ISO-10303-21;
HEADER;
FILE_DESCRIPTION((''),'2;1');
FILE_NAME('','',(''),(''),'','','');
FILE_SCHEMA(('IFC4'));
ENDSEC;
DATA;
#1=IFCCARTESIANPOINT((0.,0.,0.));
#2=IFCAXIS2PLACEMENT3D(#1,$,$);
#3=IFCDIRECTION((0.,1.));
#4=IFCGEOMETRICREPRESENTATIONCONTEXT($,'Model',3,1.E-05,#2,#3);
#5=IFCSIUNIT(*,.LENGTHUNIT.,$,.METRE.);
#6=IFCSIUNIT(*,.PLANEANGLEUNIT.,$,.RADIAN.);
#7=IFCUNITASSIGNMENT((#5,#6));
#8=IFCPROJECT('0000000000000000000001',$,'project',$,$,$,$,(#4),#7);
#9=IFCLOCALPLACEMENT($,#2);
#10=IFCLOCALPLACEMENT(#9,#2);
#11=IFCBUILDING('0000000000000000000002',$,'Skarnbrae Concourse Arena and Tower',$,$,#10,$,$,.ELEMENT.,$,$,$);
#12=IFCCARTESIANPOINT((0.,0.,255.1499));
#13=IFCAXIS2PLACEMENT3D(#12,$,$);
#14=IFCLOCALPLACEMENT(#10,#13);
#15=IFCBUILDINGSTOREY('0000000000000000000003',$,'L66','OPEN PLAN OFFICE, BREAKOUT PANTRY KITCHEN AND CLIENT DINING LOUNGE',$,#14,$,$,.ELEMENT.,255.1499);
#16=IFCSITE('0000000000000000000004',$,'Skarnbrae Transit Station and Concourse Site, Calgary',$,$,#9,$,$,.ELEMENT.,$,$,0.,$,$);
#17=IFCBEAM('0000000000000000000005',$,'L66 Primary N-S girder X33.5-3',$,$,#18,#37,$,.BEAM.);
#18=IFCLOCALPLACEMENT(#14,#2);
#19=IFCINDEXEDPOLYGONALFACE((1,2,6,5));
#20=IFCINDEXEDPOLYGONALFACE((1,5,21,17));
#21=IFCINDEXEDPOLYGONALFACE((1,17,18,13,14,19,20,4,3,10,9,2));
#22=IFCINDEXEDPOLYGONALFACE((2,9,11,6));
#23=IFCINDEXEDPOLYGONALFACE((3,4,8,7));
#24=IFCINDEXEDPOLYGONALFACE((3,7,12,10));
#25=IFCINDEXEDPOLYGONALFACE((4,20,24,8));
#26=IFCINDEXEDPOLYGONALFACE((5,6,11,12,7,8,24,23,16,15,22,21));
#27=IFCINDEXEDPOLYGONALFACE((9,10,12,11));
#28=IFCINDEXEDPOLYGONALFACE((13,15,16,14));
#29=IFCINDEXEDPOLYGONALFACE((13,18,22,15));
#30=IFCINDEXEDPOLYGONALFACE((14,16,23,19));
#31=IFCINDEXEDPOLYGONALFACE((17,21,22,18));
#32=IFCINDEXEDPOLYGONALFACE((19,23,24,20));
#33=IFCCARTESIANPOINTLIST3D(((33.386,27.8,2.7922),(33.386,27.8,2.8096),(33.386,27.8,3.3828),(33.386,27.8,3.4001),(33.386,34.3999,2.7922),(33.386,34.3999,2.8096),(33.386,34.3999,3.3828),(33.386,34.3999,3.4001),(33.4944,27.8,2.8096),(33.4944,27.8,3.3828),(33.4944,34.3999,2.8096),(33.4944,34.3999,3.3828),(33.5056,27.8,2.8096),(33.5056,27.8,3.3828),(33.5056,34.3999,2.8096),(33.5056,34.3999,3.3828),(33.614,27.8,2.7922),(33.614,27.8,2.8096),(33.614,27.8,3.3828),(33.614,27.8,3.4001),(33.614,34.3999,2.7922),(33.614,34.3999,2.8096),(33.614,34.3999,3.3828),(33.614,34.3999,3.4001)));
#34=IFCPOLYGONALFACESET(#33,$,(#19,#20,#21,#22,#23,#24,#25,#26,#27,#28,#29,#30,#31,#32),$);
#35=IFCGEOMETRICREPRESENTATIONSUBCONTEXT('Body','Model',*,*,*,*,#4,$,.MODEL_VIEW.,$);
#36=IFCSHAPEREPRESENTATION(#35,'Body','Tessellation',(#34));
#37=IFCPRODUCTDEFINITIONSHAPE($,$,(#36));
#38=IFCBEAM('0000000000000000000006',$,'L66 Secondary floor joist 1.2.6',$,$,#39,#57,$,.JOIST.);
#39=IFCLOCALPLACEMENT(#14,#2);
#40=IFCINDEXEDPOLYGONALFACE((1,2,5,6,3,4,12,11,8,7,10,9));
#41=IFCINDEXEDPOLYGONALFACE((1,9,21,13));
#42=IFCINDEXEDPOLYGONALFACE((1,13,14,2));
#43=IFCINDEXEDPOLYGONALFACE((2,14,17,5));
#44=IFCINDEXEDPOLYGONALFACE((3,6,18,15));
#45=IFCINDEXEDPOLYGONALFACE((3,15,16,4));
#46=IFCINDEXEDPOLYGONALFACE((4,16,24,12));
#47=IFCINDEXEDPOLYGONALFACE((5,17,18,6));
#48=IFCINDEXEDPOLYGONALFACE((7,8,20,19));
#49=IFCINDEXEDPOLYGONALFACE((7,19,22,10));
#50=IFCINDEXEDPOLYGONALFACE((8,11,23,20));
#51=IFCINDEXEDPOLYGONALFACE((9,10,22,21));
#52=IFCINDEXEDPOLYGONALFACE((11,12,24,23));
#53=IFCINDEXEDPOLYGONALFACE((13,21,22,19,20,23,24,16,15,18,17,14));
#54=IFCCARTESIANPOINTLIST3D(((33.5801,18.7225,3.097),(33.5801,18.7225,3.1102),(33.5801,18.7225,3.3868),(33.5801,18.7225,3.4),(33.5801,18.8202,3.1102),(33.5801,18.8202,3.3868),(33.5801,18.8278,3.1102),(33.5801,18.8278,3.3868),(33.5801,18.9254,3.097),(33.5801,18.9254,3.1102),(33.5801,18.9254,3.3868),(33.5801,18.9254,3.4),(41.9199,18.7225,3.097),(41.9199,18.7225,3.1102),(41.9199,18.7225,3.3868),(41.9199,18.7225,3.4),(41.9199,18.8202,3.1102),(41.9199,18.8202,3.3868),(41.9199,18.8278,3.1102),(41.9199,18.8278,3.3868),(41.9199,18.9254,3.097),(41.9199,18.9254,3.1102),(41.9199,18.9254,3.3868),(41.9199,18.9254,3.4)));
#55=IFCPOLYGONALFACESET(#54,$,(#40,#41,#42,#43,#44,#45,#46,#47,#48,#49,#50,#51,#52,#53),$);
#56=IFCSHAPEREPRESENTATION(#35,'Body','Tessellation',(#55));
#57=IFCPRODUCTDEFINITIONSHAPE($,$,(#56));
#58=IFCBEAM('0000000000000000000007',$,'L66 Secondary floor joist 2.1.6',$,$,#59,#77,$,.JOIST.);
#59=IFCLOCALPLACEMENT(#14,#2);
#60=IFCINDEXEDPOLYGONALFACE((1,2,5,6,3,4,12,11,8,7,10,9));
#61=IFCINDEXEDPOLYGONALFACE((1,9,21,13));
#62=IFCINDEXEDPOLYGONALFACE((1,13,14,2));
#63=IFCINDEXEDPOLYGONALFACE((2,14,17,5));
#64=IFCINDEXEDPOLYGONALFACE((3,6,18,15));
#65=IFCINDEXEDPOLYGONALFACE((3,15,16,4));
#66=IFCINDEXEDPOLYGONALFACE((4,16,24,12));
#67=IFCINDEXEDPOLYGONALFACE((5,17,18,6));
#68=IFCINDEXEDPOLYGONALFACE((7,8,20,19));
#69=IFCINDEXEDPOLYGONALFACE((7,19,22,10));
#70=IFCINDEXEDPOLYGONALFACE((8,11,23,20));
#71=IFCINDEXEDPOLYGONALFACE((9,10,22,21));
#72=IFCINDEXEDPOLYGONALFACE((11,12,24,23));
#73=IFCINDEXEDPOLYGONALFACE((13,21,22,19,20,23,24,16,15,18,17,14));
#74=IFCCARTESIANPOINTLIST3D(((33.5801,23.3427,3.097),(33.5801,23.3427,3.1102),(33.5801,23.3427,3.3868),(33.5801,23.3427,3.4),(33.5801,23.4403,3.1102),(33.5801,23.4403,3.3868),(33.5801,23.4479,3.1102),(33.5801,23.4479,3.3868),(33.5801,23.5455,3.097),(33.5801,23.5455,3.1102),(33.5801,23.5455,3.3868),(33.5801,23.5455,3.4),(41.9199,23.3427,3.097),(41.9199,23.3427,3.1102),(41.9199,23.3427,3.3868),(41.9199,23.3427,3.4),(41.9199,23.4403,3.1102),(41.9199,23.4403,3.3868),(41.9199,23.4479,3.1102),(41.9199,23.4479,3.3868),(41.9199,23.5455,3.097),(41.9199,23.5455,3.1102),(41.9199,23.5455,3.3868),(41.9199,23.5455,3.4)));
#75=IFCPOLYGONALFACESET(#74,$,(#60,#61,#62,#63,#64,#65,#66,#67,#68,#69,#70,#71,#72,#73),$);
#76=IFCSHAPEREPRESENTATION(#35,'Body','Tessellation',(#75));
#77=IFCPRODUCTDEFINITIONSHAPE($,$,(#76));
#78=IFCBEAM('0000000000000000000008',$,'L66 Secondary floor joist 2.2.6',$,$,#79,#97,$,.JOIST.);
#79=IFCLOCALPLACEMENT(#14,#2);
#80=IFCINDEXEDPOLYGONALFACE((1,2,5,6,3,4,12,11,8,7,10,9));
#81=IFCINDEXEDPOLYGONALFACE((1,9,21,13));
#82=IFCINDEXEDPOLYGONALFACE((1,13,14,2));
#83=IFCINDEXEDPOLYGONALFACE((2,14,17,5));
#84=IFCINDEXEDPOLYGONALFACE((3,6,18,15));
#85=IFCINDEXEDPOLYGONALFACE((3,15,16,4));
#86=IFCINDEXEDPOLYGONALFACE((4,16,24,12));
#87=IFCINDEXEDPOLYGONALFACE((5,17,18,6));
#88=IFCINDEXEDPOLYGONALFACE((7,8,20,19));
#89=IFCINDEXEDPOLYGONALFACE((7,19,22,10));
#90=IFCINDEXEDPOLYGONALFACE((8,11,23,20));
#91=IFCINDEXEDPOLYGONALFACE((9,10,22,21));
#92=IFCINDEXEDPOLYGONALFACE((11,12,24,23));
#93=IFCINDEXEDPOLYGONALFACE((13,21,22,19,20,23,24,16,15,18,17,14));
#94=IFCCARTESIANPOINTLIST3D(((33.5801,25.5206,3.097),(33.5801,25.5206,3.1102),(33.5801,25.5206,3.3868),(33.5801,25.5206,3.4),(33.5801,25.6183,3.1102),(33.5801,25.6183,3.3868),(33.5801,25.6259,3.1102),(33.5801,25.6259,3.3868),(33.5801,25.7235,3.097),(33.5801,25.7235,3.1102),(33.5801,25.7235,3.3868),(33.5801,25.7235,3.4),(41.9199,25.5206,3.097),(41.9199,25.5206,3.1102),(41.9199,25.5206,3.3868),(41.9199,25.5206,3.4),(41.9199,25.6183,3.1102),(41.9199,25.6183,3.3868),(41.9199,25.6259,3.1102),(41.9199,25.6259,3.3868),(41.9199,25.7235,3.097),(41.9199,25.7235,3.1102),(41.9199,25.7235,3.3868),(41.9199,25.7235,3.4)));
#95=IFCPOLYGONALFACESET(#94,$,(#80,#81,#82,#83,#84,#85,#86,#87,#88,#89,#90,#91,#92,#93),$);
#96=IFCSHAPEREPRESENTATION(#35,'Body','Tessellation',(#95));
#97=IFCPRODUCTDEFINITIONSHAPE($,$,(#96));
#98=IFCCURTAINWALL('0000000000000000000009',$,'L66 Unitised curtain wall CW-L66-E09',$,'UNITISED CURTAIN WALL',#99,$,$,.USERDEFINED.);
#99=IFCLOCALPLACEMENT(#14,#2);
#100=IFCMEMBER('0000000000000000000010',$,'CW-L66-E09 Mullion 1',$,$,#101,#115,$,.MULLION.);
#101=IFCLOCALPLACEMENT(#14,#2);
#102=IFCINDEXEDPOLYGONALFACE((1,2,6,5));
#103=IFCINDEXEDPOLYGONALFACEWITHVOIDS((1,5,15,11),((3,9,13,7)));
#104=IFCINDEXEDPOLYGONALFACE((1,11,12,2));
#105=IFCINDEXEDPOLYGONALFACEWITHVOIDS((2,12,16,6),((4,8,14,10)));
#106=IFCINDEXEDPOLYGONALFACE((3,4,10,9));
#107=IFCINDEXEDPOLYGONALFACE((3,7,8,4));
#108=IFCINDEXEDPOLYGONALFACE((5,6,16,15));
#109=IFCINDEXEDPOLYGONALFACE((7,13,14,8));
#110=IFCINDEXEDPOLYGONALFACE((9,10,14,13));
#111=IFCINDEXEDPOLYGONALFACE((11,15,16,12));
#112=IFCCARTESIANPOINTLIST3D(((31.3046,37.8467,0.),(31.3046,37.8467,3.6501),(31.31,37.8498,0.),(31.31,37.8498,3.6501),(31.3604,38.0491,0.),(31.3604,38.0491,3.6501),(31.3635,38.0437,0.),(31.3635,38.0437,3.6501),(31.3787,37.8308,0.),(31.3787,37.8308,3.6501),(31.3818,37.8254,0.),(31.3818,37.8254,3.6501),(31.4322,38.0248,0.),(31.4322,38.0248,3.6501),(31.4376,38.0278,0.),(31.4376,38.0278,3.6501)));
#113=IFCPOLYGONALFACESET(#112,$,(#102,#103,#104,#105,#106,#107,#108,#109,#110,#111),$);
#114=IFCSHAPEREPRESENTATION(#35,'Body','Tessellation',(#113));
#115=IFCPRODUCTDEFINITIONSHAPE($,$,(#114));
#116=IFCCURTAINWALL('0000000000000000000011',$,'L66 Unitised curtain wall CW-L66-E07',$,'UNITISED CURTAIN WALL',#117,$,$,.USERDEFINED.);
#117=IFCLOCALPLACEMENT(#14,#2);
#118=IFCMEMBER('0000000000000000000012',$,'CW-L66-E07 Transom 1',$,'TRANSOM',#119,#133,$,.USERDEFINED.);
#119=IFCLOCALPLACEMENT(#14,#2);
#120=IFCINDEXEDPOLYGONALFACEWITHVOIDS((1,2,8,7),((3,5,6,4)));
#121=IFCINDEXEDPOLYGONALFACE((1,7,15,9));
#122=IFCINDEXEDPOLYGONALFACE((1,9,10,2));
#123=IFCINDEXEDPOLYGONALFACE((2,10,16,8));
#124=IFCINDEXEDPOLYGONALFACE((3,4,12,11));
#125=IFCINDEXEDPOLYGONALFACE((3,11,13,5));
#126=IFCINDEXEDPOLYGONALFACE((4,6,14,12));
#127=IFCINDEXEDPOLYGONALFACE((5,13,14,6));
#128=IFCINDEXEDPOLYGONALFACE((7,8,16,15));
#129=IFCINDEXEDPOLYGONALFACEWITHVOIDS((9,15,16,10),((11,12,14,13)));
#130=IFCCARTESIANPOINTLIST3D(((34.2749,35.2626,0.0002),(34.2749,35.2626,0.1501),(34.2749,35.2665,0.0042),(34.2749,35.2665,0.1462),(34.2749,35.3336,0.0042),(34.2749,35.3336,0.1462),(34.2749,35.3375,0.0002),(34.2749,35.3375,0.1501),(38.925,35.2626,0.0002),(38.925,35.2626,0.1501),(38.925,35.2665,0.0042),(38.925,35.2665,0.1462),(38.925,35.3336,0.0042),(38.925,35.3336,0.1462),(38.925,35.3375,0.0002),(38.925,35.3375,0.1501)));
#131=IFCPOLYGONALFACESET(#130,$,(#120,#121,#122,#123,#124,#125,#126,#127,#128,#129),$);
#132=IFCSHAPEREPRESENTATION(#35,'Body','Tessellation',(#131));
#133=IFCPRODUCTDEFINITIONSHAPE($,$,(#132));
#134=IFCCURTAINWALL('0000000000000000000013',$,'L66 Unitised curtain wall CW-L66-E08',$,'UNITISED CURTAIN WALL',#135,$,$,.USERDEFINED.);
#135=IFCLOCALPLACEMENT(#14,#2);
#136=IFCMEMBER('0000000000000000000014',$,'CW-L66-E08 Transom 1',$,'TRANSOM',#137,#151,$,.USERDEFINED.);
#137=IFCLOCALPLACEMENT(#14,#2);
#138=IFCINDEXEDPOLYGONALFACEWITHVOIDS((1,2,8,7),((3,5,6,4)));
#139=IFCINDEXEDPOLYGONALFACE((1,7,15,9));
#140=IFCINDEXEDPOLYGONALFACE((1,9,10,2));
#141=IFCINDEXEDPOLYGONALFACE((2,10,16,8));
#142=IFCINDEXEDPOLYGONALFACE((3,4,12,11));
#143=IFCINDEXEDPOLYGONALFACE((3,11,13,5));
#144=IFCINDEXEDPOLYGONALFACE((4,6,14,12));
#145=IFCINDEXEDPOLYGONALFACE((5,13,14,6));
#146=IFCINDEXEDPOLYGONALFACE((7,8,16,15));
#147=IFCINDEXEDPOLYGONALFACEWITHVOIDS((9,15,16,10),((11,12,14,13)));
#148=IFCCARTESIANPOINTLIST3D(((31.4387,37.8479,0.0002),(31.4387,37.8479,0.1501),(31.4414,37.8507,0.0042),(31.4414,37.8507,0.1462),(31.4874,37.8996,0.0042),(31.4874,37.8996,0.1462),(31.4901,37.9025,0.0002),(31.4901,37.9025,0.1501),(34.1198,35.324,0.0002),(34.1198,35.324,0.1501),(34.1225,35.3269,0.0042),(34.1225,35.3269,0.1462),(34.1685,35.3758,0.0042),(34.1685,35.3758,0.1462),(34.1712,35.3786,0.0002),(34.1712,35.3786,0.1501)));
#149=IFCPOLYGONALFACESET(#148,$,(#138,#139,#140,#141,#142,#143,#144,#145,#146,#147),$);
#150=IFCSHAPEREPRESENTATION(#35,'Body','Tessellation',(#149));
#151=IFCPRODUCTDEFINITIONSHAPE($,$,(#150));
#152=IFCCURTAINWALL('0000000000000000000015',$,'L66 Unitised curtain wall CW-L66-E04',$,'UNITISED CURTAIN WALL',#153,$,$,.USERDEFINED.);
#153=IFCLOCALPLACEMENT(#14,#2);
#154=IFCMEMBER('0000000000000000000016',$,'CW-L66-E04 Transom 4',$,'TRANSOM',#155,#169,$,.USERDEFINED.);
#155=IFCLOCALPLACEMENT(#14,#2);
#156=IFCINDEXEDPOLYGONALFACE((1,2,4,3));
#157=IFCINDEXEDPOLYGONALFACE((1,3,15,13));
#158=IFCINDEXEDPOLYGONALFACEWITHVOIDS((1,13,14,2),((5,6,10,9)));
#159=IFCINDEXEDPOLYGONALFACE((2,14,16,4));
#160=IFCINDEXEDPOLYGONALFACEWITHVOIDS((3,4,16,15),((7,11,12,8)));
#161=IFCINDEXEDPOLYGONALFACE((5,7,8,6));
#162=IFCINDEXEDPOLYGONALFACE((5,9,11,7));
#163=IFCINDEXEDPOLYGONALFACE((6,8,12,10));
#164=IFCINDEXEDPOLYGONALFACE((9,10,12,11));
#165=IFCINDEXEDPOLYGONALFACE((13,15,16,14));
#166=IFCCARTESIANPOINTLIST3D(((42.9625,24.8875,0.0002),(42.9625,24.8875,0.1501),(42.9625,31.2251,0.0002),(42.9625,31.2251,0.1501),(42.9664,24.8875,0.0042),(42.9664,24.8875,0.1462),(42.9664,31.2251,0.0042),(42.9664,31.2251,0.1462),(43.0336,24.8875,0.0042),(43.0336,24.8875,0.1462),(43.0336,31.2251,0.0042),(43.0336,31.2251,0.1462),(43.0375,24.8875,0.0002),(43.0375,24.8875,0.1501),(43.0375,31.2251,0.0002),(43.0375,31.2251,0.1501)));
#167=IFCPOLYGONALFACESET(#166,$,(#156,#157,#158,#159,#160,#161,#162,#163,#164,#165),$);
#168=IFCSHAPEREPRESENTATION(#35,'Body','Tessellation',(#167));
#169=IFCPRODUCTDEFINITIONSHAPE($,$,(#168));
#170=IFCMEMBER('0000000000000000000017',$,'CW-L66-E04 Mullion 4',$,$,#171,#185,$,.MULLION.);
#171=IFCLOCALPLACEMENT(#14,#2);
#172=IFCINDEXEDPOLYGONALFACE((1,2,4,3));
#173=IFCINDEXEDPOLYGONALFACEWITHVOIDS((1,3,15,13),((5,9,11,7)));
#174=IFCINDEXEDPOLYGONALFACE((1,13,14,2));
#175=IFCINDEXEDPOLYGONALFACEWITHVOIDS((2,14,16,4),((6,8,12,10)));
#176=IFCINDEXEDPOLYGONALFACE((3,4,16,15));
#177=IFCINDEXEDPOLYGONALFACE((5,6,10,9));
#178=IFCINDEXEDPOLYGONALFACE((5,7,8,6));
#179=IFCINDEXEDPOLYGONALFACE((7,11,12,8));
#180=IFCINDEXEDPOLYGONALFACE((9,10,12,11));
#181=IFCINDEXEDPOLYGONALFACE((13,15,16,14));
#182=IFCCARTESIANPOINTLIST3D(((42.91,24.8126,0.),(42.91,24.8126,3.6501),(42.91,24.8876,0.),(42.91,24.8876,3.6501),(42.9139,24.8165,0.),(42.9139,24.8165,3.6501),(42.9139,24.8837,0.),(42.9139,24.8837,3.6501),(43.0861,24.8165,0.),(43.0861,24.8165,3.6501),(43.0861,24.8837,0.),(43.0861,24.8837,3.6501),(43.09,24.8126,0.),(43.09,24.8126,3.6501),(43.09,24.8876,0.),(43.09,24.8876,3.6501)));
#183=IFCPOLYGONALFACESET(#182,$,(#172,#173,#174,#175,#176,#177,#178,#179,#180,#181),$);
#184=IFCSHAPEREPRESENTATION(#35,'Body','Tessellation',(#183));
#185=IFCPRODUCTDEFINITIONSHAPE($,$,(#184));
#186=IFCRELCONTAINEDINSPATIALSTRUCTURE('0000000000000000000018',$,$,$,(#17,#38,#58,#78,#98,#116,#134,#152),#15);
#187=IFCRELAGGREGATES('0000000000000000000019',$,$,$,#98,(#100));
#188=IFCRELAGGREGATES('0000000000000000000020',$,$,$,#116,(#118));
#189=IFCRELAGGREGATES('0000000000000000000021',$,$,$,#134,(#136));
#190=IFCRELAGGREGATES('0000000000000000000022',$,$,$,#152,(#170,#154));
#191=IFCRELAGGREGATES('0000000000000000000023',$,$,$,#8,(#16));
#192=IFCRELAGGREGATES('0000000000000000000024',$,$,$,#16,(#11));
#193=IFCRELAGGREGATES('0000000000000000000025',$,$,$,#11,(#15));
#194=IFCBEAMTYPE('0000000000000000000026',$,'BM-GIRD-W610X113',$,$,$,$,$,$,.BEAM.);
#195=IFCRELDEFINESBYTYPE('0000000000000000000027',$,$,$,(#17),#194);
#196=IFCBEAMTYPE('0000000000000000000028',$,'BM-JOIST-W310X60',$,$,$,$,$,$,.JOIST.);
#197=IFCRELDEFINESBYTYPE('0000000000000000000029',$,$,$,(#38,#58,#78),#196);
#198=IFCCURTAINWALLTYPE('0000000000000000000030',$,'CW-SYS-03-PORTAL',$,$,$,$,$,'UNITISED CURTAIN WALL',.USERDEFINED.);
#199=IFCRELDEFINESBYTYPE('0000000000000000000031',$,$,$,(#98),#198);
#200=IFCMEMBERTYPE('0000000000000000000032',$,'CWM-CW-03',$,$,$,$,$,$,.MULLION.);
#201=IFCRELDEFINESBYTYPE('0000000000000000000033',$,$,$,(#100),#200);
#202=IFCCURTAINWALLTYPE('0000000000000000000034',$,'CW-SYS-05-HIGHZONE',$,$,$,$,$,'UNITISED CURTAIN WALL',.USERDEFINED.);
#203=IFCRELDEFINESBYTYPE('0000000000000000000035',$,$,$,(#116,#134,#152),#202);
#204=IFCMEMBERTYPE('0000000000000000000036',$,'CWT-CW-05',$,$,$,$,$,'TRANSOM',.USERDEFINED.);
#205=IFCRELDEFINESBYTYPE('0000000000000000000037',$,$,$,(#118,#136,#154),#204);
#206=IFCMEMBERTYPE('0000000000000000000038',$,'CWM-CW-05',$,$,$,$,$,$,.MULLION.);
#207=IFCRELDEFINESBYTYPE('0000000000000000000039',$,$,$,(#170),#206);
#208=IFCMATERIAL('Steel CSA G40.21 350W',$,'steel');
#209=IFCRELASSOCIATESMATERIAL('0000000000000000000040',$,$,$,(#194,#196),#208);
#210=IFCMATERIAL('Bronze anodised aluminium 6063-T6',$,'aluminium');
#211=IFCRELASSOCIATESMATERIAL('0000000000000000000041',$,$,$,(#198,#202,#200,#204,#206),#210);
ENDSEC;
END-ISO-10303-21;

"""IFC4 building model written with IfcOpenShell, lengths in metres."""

from ifc_helpers import new_model, si_unit, direction, frame, origin, origin_2d, place, context, subcontext, project, spatial, hollow_rectangle, i_section, extrude, source, transform, mapped, material, material_profile, profile_set, type_object, element, aggregate, save


model = new_model("IFC4")

# Units and contexts
model_context = context("Model", 3, precision=1e-05, world=origin(), true_north=direction((0.0, 1.0)))
body_context = subcontext(model_context, "Body", "Model", "MODEL_VIEW")
ifc_project = project(units=[si_unit("LENGTHUNIT", "METRE"), si_unit("PLANEANGLEUNIT", "RADIAN")], contexts=[model_context])

# Site, building, storey
site_placement = place(None, origin())
site = spatial("IfcSite", under=ifc_project, at=site_placement, Name="Skarnbrae Transit Station and Concourse Site, Calgary", CompositionType="ELEMENT", RefElevation=0.0)
building_placement = place(site_placement, origin())
building = spatial("IfcBuilding", under=site, at=building_placement, Name="Skarnbrae Concourse Arena and Tower", CompositionType="ELEMENT")
storey_placement = place(building_placement, frame((0.0, 0.0, 255.1499)))
storey = spatial("IfcBuildingStorey", under=building, at=storey_placement, Name="L66", Description="OPEN PLAN OFFICE, BREAKOUT PANTRY KITCHEN AND CLIENT DINING LOUNGE", CompositionType="ELEMENT", Elevation=255.1499)

# Shared definitions
ifc_material_1 = material(Name="Steel CSA G40.21 350W", Category="steel")

# Beams
ifc_material_profile_1 = material_profile(ifc_material_1, i_section(OverallWidth=0.228, OverallDepth=0.6079, WebThickness=0.0112, FlangeThickness=0.0173, at=origin_2d()), Name="W610X113")
ifc_profile_set_1 = profile_set([ifc_material_profile_1], Name="Steel CSA G40.21 350W")
beam_type_1 = type_object("IfcBeamType", Name="BM-GIRD-W610X113", PredefinedType="BEAM", material=ifc_profile_set_1)
shared_shape_1 = source(origin(), body_context, "Body", "SweptSolid", [
    extrude(i_section(OverallWidth=0.228, OverallDepth=0.6079, WebThickness=0.0112, FlangeThickness=0.0173, at=origin_2d()), origin(), (0.0, 0.0, 1.0), 6.5999),
])
beam_1_placement = place(storey_placement, frame((33.5, 27.8, 3.0962), z_axis=(0.0, 1.0, 0.0), x_axis=(-1.0, 0.0, 0.0)))
element("IfcBeam", 1, at=beam_1_placement, inside=storey, type_object=beam_type_1, Name="L66 Primary N-S girder X33.5-3", PredefinedType="BEAM", context=body_context, shape_type="MappedRepresentation", body=[
    mapped(shared_shape_1, transform((0.0, 0.0, 0.0))),
])
ifc_material_profile_2 = material_profile(ifc_material_1, i_section(OverallWidth=0.2029, OverallDepth=0.303, WebThickness=0.0076, FlangeThickness=0.0132, at=origin_2d()), Name="W310X60")
ifc_profile_set_2 = profile_set([ifc_material_profile_2], Name="Steel CSA G40.21 350W")
beam_type_2 = type_object("IfcBeamType", Name="BM-JOIST-W310X60", PredefinedType="JOIST", material=ifc_profile_set_2)
shared_shape_2 = source(origin(), body_context, "Body", "SweptSolid", [
    extrude(i_section(OverallWidth=0.2029, OverallDepth=0.303, WebThickness=0.0076, FlangeThickness=0.0132, at=origin_2d()), origin(), (0.0, 0.0, 1.0), 8.3398),
])
for number, where, z_axis, x_axis, name in (
    (2, (33.5801, 18.824, 3.2485), (1.0, 0.0, 0.0), (0.0, 1.0, 0.0), "L66 Secondary floor joist 1.2.6"),
    (3, (33.5801, 23.4441, 3.2485), (1.0, 0.0, 0.0), (0.0, 1.0, 0.0), "L66 Secondary floor joist 2.1.6"),
    (4, (33.5801, 25.6221, 3.2485), (1.0, 0.0, 0.0), (0.0, 1.0, 0.0), "L66 Secondary floor joist 2.2.6"),
):
    element("IfcBeam", number, at=place(storey_placement, frame(where, z_axis=z_axis, x_axis=x_axis)), inside=storey, type_object=beam_type_2, Name=name, PredefinedType="JOIST", context=body_context, shape_type="MappedRepresentation", body=[
        mapped(shared_shape_2, transform((0.0, 0.0, 0.0))),
    ])

# Curtain walls, members
ifc_material_2 = material(Name="Bronze anodised aluminium 6063-T6", Category="aluminium")
curtain_wall_type_1 = type_object("IfcCurtainWallType", Name="CW-SYS-03-PORTAL", ElementType="UNITISED CURTAIN WALL", PredefinedType="USERDEFINED", material=ifc_material_2)
curtain_wall_1_placement = place(storey_placement, origin())
curtain_wall_1 = element("IfcCurtainWall", 5, at=curtain_wall_1_placement, inside=storey, type_object=curtain_wall_type_1, Name="L66 Unitised curtain wall CW-L66-E09", ObjectType="UNITISED CURTAIN WALL", PredefinedType="USERDEFINED")
ifc_material_profile_3 = material_profile(ifc_material_2, hollow_rectangle(XDim=0.0801, YDim=0.21, WallThickness=0.0044, at=origin_2d()), Name="ALU-MULL-80X210")
ifc_profile_set_3 = profile_set([ifc_material_profile_3], Name="Bronze anodised aluminium 6063-T6")
member_type_1 = type_object("IfcMemberType", Name="CWM-CW-03", PredefinedType="MULLION", material=ifc_profile_set_3)
shared_shape_3 = source(origin(), body_context, "Body", "SweptSolid", [
    extrude(hollow_rectangle(XDim=0.0801, YDim=0.21, WallThickness=0.0044, at=origin_2d()), origin(), (0.0, 0.0, 1.0), 3.6501),
])
member_1_placement = place(storey_placement, frame((31.3711, 37.9373, 0.0), z_axis=(0.0, 0.0, 1.0), x_axis=(-0.964057, 0.265694, 0.0)))
member_1 = element("IfcMember", 6, at=member_1_placement, type_object=member_type_1, Name="CW-L66-E09 Mullion 1", PredefinedType="MULLION", context=body_context, shape_type="MappedRepresentation", body=[
    mapped(shared_shape_3, transform((0.0, 0.0, 0.0))),
])
aggregate(curtain_wall_1, [member_1])
curtain_wall_type_2 = type_object("IfcCurtainWallType", Name="CW-SYS-05-HIGHZONE", ElementType="UNITISED CURTAIN WALL", PredefinedType="USERDEFINED", material=ifc_material_2)
curtain_wall_2_placement = place(storey_placement, origin())
curtain_wall_2 = element("IfcCurtainWall", 7, at=curtain_wall_2_placement, inside=storey, type_object=curtain_wall_type_2, Name="L66 Unitised curtain wall CW-L66-E07", ObjectType="UNITISED CURTAIN WALL", PredefinedType="USERDEFINED")
ifc_material_profile_4 = material_profile(ifc_material_2, hollow_rectangle(XDim=0.075, YDim=0.1499, WallThickness=0.0039, at=origin_2d()), Name="ALU-TRAN-75X150")
ifc_profile_set_4 = profile_set([ifc_material_profile_4], Name="Bronze anodised aluminium 6063-T6")
member_type_2 = type_object("IfcMemberType", Name="CWT-CW-05", ElementType="TRANSOM", PredefinedType="USERDEFINED", material=ifc_profile_set_4)
shared_shape_4 = source(origin(), body_context, "Body", "SweptSolid", [
    extrude(hollow_rectangle(XDim=0.075, YDim=0.1499, WallThickness=0.0039, at=origin_2d()), origin(), (0.0, 0.0, 1.0), 4.6501),
])
member_2_placement = place(storey_placement, frame((38.925, 35.3, 0.0752), z_axis=(-1.0, 0.0, 0.0), x_axis=(0.0, -1.0, 0.0)))
member_2 = element("IfcMember", 8, at=member_2_placement, type_object=member_type_2, Name="CW-L66-E07 Transom 1", ObjectType="TRANSOM", PredefinedType="USERDEFINED", context=body_context, shape_type="MappedRepresentation", body=[
    mapped(shared_shape_4, transform((0.0, 0.0, 0.0))),
])
curtain_wall_3_placement = place(storey_placement, origin())
curtain_wall_3 = element("IfcCurtainWall", 9, at=curtain_wall_3_placement, inside=storey, type_object=curtain_wall_type_2, Name="L66 Unitised curtain wall CW-L66-E08", ObjectType="UNITISED CURTAIN WALL", PredefinedType="USERDEFINED")
shared_shape_5 = source(origin(), body_context, "Body", "SweptSolid", [
    extrude(hollow_rectangle(XDim=0.075, YDim=0.1499, WallThickness=0.0039, at=origin_2d()), origin(), (0.0, 0.0, 1.0), 3.6821),
])
member_3_placement = place(storey_placement, frame((34.1455, 35.3513, 0.0752), z_axis=(-0.728134, 0.685435, 0.0), x_axis=(-0.685435, -0.728134, 0.0)))
member_3 = element("IfcMember", 10, at=member_3_placement, type_object=member_type_2, Name="CW-L66-E08 Transom 1", ObjectType="TRANSOM", PredefinedType="USERDEFINED", context=body_context, shape_type="MappedRepresentation", body=[
    mapped(shared_shape_5, transform((0.0, 0.0, 0.0))),
])

# Curtain wall, members
curtain_wall_4_placement = place(storey_placement, origin())
curtain_wall_4 = element("IfcCurtainWall", 11, at=curtain_wall_4_placement, inside=storey, type_object=curtain_wall_type_2, Name="L66 Unitised curtain wall CW-L66-E04", ObjectType="UNITISED CURTAIN WALL", PredefinedType="USERDEFINED")
shared_shape_6 = source(origin(), body_context, "Body", "SweptSolid", [
    extrude(hollow_rectangle(XDim=0.075, YDim=0.1499, WallThickness=0.0039, at=origin_2d()), origin(), (0.0, 0.0, 1.0), 6.3376),
])
member_4_placement = place(storey_placement, frame((43.0, 24.8875, 0.0752), z_axis=(0.0, 1.0, 0.0), x_axis=(-1.0, 0.0, 0.0)))
member_4 = element("IfcMember", 12, at=member_4_placement, type_object=member_type_2, Name="CW-L66-E04 Transom 4", ObjectType="TRANSOM", PredefinedType="USERDEFINED", context=body_context, shape_type="MappedRepresentation", body=[
    mapped(shared_shape_6, transform((0.0, 0.0, 0.0))),
])
ifc_material_profile_5 = material_profile(ifc_material_2, hollow_rectangle(XDim=0.075, YDim=0.1799, WallThickness=0.0039, at=origin_2d()), Name="ALU-MULL-75X180")
ifc_profile_set_5 = profile_set([ifc_material_profile_5], Name="Bronze anodised aluminium 6063-T6")
member_type_3 = type_object("IfcMemberType", Name="CWM-CW-05", PredefinedType="MULLION", material=ifc_profile_set_5)
shared_shape_7 = source(origin(), body_context, "Body", "SweptSolid", [
    extrude(hollow_rectangle(XDim=0.075, YDim=0.1799, WallThickness=0.0039, at=origin_2d()), origin(), (0.0, 0.0, 1.0), 3.6501),
])
member_5_placement = place(storey_placement, frame((43.0, 24.8501, 0.0), z_axis=(0.0, 0.0, 1.0), x_axis=(0.0, 1.0, 0.0)))
member_5 = element("IfcMember", 13, at=member_5_placement, type_object=member_type_3, Name="CW-L66-E04 Mullion 4", PredefinedType="MULLION", context=body_context, shape_type="MappedRepresentation", body=[
    mapped(shared_shape_7, transform((0.0, 0.0, 0.0))),
])

aggregate(curtain_wall_2, [member_2])
aggregate(curtain_wall_3, [member_3])
aggregate(curtain_wall_4, [member_5, member_4])

save(model, "model.ifc")
